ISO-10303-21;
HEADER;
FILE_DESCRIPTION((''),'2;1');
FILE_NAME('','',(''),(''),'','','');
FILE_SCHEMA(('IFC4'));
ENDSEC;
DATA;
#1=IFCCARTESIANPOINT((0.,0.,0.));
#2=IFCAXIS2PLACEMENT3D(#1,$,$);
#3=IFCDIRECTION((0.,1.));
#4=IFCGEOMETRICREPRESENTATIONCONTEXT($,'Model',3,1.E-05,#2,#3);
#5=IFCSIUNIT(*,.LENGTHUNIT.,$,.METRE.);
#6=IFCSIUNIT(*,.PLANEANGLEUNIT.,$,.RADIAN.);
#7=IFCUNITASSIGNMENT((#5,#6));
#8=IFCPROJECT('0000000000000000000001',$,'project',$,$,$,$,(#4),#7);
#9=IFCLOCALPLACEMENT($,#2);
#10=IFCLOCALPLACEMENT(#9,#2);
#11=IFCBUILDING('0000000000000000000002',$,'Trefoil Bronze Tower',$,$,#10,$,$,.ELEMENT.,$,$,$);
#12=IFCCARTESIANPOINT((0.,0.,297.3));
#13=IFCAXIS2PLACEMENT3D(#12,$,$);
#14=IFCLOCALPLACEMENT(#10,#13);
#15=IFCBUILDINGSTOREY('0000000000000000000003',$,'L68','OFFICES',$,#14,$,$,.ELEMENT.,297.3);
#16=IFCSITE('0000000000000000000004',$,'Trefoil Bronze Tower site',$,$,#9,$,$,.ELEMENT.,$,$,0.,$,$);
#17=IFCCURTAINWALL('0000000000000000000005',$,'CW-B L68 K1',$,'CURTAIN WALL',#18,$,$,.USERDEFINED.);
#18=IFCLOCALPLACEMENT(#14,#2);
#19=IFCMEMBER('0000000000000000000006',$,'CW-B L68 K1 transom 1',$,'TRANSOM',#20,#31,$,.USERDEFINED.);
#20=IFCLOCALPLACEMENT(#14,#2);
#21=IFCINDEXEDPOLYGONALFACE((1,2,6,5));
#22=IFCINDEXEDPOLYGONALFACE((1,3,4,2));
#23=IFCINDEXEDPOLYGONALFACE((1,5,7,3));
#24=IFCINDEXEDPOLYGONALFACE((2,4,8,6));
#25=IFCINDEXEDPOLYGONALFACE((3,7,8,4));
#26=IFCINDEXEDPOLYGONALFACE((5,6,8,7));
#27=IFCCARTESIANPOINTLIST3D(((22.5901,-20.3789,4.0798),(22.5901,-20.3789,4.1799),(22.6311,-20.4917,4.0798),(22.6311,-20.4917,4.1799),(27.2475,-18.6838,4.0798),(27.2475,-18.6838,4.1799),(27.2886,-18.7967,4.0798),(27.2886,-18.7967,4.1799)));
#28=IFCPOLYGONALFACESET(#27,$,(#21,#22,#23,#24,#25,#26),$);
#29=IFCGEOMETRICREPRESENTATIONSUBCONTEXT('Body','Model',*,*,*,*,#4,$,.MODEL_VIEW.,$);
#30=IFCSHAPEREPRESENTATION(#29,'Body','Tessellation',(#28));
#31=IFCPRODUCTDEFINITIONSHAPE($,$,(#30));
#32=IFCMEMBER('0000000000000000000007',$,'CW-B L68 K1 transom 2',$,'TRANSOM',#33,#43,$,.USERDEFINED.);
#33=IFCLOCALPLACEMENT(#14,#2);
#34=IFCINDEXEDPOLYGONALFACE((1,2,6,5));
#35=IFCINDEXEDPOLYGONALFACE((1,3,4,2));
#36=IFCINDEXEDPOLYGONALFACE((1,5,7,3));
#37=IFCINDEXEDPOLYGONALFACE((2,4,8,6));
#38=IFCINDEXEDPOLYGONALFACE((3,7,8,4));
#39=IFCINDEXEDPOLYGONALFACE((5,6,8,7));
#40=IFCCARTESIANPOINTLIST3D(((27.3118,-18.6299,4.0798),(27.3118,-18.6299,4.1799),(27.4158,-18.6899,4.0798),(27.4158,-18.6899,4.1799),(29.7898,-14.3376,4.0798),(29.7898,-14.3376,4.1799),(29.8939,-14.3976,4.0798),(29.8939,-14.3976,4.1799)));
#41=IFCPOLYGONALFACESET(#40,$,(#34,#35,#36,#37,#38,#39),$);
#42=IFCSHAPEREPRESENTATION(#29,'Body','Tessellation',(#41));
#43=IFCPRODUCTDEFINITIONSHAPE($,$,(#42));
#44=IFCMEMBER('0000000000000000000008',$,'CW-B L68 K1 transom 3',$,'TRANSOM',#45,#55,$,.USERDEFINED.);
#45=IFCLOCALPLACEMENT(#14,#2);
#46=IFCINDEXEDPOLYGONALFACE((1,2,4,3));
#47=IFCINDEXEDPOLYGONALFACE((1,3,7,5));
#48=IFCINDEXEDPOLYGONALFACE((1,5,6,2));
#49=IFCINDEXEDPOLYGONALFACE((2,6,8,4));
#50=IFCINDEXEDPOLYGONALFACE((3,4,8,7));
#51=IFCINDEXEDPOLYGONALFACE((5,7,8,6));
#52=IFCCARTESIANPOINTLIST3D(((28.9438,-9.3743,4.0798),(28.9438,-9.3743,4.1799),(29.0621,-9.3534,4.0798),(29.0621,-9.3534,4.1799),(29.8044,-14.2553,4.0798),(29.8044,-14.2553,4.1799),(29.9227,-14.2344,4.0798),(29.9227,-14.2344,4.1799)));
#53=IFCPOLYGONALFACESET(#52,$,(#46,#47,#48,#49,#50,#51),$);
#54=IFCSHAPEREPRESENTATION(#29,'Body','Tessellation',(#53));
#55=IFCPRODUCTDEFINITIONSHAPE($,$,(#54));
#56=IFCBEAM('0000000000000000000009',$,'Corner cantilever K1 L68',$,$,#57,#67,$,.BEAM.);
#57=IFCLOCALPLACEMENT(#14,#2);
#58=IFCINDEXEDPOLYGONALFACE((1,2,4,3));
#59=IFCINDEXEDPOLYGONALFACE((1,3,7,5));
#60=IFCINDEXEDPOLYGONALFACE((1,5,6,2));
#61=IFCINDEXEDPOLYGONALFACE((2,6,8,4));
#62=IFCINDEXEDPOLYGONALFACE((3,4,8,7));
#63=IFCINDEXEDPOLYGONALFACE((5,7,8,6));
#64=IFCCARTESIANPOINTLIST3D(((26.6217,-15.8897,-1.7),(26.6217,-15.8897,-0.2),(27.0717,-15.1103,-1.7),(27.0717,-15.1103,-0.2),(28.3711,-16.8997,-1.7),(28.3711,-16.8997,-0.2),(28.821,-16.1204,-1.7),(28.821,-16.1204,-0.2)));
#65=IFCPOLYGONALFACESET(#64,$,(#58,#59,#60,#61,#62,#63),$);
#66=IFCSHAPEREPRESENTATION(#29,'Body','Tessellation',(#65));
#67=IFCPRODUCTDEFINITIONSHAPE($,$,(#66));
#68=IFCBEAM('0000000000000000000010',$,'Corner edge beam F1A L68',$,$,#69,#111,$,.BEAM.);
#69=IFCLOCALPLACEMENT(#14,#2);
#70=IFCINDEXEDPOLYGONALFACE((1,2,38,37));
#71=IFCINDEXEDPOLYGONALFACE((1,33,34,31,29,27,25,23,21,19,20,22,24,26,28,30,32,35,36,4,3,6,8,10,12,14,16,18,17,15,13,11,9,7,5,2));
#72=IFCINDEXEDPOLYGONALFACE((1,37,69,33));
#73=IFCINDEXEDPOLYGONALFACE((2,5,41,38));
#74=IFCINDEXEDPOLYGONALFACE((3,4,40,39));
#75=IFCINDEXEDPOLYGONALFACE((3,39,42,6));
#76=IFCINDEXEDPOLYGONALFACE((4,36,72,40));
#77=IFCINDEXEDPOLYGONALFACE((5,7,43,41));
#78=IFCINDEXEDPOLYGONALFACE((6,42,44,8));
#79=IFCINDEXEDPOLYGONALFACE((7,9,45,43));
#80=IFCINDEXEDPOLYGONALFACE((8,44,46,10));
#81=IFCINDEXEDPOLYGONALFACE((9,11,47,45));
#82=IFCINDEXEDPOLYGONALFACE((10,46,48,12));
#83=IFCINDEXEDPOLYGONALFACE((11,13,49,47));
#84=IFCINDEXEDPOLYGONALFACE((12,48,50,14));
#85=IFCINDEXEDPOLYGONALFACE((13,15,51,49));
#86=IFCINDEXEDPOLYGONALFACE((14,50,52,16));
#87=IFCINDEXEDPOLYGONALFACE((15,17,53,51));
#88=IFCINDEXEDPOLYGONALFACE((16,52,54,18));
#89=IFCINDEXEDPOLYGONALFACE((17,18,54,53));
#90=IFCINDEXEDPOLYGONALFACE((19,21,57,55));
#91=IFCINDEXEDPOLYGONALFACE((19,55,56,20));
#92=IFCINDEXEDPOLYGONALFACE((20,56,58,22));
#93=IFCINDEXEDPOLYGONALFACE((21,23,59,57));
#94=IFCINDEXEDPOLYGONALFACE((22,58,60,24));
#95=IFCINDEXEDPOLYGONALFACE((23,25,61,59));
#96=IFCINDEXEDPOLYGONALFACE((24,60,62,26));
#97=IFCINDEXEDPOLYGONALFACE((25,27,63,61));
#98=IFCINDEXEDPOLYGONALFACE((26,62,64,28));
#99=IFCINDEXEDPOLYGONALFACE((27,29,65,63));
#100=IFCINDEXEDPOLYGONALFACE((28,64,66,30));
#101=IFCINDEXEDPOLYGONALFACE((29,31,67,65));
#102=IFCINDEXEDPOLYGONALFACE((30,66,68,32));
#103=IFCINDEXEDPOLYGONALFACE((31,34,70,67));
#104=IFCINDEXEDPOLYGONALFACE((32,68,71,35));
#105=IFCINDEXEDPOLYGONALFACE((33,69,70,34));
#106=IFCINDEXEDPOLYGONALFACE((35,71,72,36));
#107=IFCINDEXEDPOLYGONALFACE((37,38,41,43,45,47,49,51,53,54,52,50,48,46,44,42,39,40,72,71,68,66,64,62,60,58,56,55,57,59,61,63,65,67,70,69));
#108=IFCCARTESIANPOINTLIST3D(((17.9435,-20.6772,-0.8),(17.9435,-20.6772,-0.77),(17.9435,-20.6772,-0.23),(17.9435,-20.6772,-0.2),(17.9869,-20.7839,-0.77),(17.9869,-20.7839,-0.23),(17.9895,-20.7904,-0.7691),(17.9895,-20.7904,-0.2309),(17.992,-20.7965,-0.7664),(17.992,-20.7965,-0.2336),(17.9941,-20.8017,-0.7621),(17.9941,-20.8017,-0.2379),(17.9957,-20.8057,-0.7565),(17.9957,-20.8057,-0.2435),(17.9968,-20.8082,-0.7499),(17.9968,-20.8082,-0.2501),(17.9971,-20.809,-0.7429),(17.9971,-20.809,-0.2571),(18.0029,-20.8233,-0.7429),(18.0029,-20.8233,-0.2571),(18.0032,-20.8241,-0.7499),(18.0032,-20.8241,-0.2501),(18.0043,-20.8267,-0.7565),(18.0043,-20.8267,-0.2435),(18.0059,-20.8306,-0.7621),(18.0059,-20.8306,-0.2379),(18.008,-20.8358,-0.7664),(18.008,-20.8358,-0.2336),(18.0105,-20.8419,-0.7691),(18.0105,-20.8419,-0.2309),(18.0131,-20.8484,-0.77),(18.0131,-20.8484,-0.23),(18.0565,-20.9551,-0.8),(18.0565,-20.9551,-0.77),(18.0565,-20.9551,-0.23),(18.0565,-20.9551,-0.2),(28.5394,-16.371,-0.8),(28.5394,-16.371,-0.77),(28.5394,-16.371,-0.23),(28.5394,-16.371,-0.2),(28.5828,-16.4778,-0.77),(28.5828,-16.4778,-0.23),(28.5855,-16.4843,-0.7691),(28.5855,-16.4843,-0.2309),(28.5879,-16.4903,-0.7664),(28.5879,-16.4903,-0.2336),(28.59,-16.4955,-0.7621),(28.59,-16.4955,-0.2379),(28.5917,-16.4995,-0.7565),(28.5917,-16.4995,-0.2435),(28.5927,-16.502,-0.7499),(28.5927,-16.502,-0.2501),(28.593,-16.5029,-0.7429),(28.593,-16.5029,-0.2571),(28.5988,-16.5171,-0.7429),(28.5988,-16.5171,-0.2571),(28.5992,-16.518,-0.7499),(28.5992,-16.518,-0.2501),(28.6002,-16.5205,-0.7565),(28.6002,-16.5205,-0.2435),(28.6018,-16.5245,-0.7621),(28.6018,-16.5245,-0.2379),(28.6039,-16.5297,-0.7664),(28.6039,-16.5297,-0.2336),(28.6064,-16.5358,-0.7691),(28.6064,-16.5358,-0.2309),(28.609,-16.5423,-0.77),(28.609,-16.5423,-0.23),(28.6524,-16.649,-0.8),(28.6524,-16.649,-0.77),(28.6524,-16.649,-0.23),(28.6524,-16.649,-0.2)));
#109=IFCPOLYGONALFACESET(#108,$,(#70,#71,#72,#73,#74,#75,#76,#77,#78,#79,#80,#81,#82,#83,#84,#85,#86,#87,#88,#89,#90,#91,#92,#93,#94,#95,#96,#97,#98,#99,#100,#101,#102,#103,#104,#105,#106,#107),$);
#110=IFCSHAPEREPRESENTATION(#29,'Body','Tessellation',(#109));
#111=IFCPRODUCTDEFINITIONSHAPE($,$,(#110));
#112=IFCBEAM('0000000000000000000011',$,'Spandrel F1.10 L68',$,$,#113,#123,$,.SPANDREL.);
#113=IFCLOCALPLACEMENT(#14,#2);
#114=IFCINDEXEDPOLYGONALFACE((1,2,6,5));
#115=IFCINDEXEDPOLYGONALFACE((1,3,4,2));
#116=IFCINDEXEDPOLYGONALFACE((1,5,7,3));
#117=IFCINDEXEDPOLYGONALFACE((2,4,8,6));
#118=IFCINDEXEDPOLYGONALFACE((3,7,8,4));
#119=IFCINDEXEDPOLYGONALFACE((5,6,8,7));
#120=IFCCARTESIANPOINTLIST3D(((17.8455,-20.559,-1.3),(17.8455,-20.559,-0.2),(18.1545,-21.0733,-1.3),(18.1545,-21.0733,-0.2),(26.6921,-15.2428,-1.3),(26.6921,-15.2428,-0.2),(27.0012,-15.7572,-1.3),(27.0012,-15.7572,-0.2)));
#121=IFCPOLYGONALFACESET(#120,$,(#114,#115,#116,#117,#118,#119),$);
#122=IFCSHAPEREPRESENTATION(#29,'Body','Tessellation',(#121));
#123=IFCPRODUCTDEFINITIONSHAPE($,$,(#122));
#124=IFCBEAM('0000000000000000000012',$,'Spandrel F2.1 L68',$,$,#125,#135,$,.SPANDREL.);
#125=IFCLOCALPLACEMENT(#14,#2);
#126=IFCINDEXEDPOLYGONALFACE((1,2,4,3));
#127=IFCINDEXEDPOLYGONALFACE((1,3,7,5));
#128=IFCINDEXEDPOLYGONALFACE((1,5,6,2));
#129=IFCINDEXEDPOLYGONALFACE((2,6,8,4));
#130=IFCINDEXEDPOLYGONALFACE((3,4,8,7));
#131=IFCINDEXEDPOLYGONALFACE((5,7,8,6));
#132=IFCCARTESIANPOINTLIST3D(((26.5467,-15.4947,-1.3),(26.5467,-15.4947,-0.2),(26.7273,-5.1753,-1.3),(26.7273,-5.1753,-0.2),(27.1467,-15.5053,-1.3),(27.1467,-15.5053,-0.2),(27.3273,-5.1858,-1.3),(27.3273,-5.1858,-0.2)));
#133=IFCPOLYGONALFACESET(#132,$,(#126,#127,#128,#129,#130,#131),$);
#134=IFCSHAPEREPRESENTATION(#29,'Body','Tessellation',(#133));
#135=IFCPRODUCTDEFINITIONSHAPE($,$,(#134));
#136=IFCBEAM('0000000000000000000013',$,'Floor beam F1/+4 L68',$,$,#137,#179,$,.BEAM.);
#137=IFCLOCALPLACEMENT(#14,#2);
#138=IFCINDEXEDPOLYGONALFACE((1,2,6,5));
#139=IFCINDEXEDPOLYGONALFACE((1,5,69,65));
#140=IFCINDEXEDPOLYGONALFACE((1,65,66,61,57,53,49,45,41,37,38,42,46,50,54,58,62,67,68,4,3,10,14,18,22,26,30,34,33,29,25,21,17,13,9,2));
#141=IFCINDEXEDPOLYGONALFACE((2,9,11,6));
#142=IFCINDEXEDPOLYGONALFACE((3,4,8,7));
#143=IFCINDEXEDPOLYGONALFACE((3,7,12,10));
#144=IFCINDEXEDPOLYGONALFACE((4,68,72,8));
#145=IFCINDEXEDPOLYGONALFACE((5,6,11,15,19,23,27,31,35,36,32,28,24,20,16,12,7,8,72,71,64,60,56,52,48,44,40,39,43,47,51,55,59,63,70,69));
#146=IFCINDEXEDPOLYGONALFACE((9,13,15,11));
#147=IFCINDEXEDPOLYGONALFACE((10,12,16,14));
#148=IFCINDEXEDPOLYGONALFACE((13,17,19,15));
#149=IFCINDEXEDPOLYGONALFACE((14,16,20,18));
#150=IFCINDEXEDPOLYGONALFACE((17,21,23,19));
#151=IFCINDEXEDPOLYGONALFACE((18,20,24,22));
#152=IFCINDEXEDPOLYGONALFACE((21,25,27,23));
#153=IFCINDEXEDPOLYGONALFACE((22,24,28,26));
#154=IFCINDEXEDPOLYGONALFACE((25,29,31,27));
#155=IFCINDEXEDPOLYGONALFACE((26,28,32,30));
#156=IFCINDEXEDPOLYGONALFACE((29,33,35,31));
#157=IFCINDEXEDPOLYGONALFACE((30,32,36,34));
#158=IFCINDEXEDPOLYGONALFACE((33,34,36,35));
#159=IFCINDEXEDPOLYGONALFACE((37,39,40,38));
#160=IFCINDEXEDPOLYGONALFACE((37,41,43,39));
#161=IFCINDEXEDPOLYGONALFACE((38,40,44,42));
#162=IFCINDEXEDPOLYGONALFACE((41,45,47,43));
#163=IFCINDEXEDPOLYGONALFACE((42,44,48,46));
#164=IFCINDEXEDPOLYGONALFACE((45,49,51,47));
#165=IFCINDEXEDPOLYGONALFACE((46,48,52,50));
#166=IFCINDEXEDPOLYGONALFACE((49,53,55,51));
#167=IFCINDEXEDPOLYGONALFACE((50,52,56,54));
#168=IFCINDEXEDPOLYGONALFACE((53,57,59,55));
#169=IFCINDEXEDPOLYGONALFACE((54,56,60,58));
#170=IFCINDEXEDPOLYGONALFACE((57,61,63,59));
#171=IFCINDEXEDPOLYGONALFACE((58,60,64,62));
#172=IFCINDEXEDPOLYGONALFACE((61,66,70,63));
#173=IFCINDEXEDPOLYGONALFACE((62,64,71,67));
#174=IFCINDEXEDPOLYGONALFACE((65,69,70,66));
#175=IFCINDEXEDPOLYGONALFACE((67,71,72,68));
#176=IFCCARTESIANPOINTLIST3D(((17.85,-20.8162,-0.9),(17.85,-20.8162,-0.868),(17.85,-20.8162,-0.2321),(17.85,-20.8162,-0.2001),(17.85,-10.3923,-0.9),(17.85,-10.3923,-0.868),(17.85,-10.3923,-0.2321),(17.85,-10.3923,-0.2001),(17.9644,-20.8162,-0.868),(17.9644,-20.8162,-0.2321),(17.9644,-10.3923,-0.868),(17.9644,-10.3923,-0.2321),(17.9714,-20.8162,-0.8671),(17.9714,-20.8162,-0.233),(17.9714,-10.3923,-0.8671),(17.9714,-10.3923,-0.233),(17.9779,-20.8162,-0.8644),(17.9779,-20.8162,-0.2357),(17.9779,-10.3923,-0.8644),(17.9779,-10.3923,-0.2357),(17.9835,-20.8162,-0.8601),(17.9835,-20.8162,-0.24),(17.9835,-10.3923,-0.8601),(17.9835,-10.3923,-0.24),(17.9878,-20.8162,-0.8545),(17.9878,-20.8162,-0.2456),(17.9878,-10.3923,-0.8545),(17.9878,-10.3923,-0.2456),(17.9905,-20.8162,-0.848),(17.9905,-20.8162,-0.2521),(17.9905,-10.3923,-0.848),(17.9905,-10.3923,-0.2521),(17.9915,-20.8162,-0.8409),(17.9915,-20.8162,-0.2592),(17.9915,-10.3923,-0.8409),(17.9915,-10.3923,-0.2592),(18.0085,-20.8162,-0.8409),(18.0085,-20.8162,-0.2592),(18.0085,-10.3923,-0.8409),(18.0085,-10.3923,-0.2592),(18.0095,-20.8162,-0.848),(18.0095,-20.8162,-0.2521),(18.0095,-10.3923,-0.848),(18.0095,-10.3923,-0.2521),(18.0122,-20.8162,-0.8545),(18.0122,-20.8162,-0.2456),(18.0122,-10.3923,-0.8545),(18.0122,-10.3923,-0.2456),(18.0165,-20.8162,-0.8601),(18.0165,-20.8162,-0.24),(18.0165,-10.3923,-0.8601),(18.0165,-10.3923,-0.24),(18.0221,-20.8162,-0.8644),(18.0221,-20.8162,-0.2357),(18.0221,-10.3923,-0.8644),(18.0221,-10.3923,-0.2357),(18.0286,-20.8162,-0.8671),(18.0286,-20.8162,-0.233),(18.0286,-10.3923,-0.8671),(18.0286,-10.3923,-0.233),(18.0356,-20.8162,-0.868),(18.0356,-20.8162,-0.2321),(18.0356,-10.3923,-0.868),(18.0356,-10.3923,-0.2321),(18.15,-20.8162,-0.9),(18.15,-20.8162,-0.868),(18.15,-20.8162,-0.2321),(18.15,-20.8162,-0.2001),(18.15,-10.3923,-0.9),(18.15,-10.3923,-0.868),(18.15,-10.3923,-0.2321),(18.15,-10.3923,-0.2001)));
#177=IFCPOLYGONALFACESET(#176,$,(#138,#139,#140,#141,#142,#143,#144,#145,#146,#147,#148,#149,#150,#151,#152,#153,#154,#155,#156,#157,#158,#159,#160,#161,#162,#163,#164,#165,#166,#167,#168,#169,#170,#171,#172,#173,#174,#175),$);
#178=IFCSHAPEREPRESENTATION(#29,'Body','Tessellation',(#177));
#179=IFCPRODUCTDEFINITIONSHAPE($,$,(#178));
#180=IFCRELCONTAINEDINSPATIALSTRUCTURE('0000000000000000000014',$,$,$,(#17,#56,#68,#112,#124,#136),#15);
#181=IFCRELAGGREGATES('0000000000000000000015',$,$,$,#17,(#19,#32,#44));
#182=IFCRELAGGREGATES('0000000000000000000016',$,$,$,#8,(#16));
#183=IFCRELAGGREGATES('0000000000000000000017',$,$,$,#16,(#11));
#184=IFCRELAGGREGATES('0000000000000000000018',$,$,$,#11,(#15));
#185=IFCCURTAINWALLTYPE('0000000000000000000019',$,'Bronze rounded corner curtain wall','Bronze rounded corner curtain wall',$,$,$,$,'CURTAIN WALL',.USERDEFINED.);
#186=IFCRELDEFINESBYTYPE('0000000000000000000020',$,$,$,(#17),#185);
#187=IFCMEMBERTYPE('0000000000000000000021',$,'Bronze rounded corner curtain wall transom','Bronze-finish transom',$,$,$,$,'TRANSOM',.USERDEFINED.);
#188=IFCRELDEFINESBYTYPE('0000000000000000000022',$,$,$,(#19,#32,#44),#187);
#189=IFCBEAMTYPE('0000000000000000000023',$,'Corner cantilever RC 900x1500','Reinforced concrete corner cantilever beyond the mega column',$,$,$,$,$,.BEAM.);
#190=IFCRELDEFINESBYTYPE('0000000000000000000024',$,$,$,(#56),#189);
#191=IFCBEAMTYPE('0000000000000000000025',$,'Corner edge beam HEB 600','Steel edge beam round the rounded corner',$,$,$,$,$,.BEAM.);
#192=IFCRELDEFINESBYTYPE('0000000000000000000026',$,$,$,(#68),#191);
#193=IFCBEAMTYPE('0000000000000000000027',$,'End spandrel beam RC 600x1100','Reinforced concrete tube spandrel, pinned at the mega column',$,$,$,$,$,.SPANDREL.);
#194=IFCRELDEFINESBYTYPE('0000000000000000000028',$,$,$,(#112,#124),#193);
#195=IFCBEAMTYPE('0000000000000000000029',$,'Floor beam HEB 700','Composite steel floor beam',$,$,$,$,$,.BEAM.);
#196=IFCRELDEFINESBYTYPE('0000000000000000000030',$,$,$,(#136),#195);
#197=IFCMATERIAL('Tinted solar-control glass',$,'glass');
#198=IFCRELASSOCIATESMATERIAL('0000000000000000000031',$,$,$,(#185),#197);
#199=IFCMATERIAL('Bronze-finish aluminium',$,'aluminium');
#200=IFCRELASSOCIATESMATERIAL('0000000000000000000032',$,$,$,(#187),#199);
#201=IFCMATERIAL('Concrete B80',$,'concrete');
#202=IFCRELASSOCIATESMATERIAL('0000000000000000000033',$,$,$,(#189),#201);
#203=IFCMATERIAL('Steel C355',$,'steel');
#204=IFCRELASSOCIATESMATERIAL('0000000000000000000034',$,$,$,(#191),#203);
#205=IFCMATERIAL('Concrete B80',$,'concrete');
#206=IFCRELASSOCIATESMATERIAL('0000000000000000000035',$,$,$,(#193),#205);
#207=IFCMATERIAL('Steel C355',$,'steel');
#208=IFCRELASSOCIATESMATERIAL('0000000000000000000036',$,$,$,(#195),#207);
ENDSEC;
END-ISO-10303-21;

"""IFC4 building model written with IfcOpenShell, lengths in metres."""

from ifc_helpers import new_model, si_unit, direction, frame, origin, origin_2d, place, context, subcontext, project, spatial, rectangle, i_section, extrude, material, material_profile, profile_set, type_object, element, aggregate, save


model = new_model("IFC4")

# Units and contexts
model_context = context("Model", 3, precision=1e-05, world=origin(), true_north=direction((0.0, 1.0)))
body_context = subcontext(model_context, "Body", "Model", "MODEL_VIEW")
ifc_project = project(units=[si_unit("LENGTHUNIT", "METRE"), si_unit("PLANEANGLEUNIT", "RADIAN")], contexts=[model_context])

# Site, building, storey
site_placement = place(None, origin())
site = spatial("IfcSite", under=ifc_project, at=site_placement, Name="Trefoil Bronze Tower site", CompositionType="ELEMENT", RefElevation=0.0)
building_placement = place(site_placement, origin())
building = spatial("IfcBuilding", under=site, at=building_placement, Name="Trefoil Bronze Tower", CompositionType="ELEMENT")
storey_placement = place(building_placement, frame((0.0, 0.0, 297.3)))
storey = spatial("IfcBuildingStorey", under=building, at=storey_placement, Name="L68", Description="OFFICES", CompositionType="ELEMENT", Elevation=297.3)

# Curtain wall, members
ifc_material_1 = material(Name="Tinted solar-control glass", Category="glass")
curtain_wall_type_1 = type_object("IfcCurtainWallType", Name="Bronze rounded corner curtain wall", Description="Bronze rounded corner curtain wall", ElementType="CURTAIN WALL", PredefinedType="USERDEFINED", material=ifc_material_1)
curtain_wall_1_placement = place(storey_placement, origin())
curtain_wall_1 = element("IfcCurtainWall", 1, at=curtain_wall_1_placement, inside=storey, type_object=curtain_wall_type_1, Name="CW-B L68 K1", ObjectType="CURTAIN WALL", PredefinedType="USERDEFINED")
ifc_material_2 = material(Name="Bronze-finish aluminium", Category="aluminium")
ifc_material_profile_1 = material_profile(ifc_material_2, rectangle(XDim=0.1201, YDim=0.1001, at=origin_2d()), Name="CW-B transom")
ifc_profile_set_1 = profile_set([ifc_material_profile_1], Name="Bronze-finish aluminium")
member_type_1 = type_object("IfcMemberType", Name="Bronze rounded corner curtain wall transom", Description="Bronze-finish transom", ElementType="TRANSOM", PredefinedType="USERDEFINED", material=ifc_profile_set_1)
member_1_placement = place(storey_placement, frame((22.6106, -20.4353, 4.1299), z_axis=(0.9397, 0.342, 0.0), x_axis=(-0.342, 0.9397, 0.0)))
member_1 = element("IfcMember", 2, at=member_1_placement, type_object=member_type_1, Name="CW-B L68 K1 transom 1", ObjectType="TRANSOM", PredefinedType="USERDEFINED", context=body_context, shape_type="SweptSolid", body=[
    extrude(rectangle(XDim=0.1201, YDim=0.1001, at=origin_2d()), origin(), (0.0, 0.0, 1.0), 4.9563),
])
member_2_placement = place(storey_placement, frame((27.3638, -18.6599, 4.1299), z_axis=(0.499985, 0.866034, 0.0), x_axis=(-0.866034, 0.499985, 0.0)))
member_2 = element("IfcMember", 3, at=member_2_placement, type_object=member_type_1, Name="CW-B L68 K1 transom 2", ObjectType="TRANSOM", PredefinedType="USERDEFINED", context=body_context, shape_type="SweptSolid", body=[
    extrude(rectangle(XDim=0.1201, YDim=0.1001, at=origin_2d()), origin(), (0.0, 0.0, 1.0), 4.9563),
])
member_3_placement = place(storey_placement, frame((29.8635, -14.2449, 4.1299), z_axis=(-0.173634, 0.98481, 0.0), x_axis=(-0.98481, -0.173634, 0.0)))
member_3 = element("IfcMember", 4, at=member_3_placement, type_object=member_type_1, Name="CW-B L68 K1 transom 3", ObjectType="TRANSOM", PredefinedType="USERDEFINED", context=body_context, shape_type="SweptSolid", body=[
    extrude(rectangle(XDim=0.1201, YDim=0.1001, at=origin_2d()), origin(), (0.0, 0.0, 1.0), 4.9563),
])

# Beams
ifc_material_3 = material(Name="Concrete B80", Category="concrete")
ifc_material_profile_2 = material_profile(ifc_material_3, rectangle(XDim=0.8999, YDim=1.5, at=origin_2d()), Name="RC 900x1500")
ifc_profile_set_2 = profile_set([ifc_material_profile_2], Name="Concrete B80")
beam_type_1 = type_object("IfcBeamType", Name="Corner cantilever RC 900x1500", Description="Reinforced concrete corner cantilever beyond the mega column", PredefinedType="BEAM", material=ifc_profile_set_2)
beam_1_placement = place(storey_placement, frame((26.8467, -15.5, -0.95), z_axis=(0.86601, -0.500026, 0.0), x_axis=(0.500026, 0.86601, 0.0)))
element("IfcBeam", 5, at=beam_1_placement, inside=storey, type_object=beam_type_1, Name="Corner cantilever K1 L68", PredefinedType="BEAM", context=body_context, shape_type="SweptSolid", body=[
    extrude(rectangle(XDim=0.8999, YDim=1.5, at=origin_2d()), origin(), (0.0, 0.0, 1.0), 2.02),
])
ifc_material_4 = material(Name="Steel C355", Category="steel")
ifc_material_profile_3 = material_profile(ifc_material_4, i_section(OverallWidth=0.3, OverallDepth=0.6001, WebThickness=0.0154, FlangeThickness=0.03, FilletRadius=0.0271, at=origin_2d()), Name="HEB 600")
ifc_profile_set_3 = profile_set([ifc_material_profile_3], Name="Steel C355")
beam_type_2 = type_object("IfcBeamType", Name="Corner edge beam HEB 600", Description="Steel edge beam round the rounded corner", PredefinedType="BEAM", material=ifc_profile_set_3)
beam_2_placement = place(storey_placement, frame((18.0, -20.8162, -0.5), z_axis=(0.926419, 0.376493, 0.0), x_axis=(-0.376493, 0.926419, 0.0)))
element("IfcBeam", 6, at=beam_2_placement, inside=storey, type_object=beam_type_2, Name="Corner edge beam F1A L68", PredefinedType="BEAM", context=body_context, shape_type="SweptSolid", body=[
    extrude(i_section(OverallWidth=0.3, OverallDepth=0.6001, WebThickness=0.0154, FlangeThickness=0.03, FilletRadius=0.0271, at=origin_2d()), origin(), (0.0, 0.0, 1.0), 11.4375),
])
ifc_material_5 = material(Name="Concrete B80", Category="concrete")
ifc_material_profile_4 = material_profile(ifc_material_5, rectangle(XDim=0.6001, YDim=1.1001, at=origin_2d()), Name="RC 600x1100")
ifc_profile_set_4 = profile_set([ifc_material_profile_4], Name="Concrete B80")
beam_type_3 = type_object("IfcBeamType", Name="End spandrel beam RC 600x1100", Description="Reinforced concrete tube spandrel, pinned at the mega column", PredefinedType="SPANDREL", material=ifc_profile_set_4)
for number, where, z_axis, x_axis, name in (
    (7, (18.0, -20.8162, -0.75), (0.857144, 0.515077, 0.0), (-0.515077, 0.857144, 0.0), "Spandrel F1.10 L68"),
    (8, (26.8467, -15.5, -0.75), (0.017504, 0.999847, 0.0), (-0.999847, 0.017504, 0.0), "Spandrel F2.1 L68"),
):
    element("IfcBeam", number, at=place(storey_placement, frame(where, z_axis=z_axis, x_axis=x_axis)), inside=storey, type_object=beam_type_3, Name=name, PredefinedType="SPANDREL", context=body_context, shape_type="SweptSolid", body=[
        extrude(rectangle(XDim=0.6001, YDim=1.1001, at=origin_2d()), origin(), (0.0, 0.0, 1.0), 10.321),
    ])
ifc_material_6 = material(Name="Steel C355", Category="steel")
ifc_material_profile_5 = material_profile(ifc_material_6, i_section(OverallWidth=0.3, OverallDepth=0.7, WebThickness=0.0171, FlangeThickness=0.032, FilletRadius=0.0271, at=origin_2d()), Name="HEB 700")
ifc_profile_set_5 = profile_set([ifc_material_profile_5], Name="Steel C355")
beam_type_4 = type_object("IfcBeamType", Name="Floor beam HEB 700", Description="Composite steel floor beam", PredefinedType="BEAM", material=ifc_profile_set_5)
beam_3_placement = place(storey_placement, frame((18.0, -20.8162, -0.55), z_axis=(0.0, 1.0, 0.0), x_axis=(-1.0, 0.0, 0.0)))
element("IfcBeam", 9, at=beam_3_placement, inside=storey, type_object=beam_type_4, Name="Floor beam F1/+4 L68", PredefinedType="BEAM", context=body_context, shape_type="SweptSolid", body=[
    extrude(i_section(OverallWidth=0.3, OverallDepth=0.7, WebThickness=0.0171, FlangeThickness=0.032, FilletRadius=0.0271, at=origin_2d()), origin(), (0.0, 0.0, 1.0), 10.4238),
])

aggregate(curtain_wall_1, [member_1, member_2, member_3])

save(model, "model.ifc")
